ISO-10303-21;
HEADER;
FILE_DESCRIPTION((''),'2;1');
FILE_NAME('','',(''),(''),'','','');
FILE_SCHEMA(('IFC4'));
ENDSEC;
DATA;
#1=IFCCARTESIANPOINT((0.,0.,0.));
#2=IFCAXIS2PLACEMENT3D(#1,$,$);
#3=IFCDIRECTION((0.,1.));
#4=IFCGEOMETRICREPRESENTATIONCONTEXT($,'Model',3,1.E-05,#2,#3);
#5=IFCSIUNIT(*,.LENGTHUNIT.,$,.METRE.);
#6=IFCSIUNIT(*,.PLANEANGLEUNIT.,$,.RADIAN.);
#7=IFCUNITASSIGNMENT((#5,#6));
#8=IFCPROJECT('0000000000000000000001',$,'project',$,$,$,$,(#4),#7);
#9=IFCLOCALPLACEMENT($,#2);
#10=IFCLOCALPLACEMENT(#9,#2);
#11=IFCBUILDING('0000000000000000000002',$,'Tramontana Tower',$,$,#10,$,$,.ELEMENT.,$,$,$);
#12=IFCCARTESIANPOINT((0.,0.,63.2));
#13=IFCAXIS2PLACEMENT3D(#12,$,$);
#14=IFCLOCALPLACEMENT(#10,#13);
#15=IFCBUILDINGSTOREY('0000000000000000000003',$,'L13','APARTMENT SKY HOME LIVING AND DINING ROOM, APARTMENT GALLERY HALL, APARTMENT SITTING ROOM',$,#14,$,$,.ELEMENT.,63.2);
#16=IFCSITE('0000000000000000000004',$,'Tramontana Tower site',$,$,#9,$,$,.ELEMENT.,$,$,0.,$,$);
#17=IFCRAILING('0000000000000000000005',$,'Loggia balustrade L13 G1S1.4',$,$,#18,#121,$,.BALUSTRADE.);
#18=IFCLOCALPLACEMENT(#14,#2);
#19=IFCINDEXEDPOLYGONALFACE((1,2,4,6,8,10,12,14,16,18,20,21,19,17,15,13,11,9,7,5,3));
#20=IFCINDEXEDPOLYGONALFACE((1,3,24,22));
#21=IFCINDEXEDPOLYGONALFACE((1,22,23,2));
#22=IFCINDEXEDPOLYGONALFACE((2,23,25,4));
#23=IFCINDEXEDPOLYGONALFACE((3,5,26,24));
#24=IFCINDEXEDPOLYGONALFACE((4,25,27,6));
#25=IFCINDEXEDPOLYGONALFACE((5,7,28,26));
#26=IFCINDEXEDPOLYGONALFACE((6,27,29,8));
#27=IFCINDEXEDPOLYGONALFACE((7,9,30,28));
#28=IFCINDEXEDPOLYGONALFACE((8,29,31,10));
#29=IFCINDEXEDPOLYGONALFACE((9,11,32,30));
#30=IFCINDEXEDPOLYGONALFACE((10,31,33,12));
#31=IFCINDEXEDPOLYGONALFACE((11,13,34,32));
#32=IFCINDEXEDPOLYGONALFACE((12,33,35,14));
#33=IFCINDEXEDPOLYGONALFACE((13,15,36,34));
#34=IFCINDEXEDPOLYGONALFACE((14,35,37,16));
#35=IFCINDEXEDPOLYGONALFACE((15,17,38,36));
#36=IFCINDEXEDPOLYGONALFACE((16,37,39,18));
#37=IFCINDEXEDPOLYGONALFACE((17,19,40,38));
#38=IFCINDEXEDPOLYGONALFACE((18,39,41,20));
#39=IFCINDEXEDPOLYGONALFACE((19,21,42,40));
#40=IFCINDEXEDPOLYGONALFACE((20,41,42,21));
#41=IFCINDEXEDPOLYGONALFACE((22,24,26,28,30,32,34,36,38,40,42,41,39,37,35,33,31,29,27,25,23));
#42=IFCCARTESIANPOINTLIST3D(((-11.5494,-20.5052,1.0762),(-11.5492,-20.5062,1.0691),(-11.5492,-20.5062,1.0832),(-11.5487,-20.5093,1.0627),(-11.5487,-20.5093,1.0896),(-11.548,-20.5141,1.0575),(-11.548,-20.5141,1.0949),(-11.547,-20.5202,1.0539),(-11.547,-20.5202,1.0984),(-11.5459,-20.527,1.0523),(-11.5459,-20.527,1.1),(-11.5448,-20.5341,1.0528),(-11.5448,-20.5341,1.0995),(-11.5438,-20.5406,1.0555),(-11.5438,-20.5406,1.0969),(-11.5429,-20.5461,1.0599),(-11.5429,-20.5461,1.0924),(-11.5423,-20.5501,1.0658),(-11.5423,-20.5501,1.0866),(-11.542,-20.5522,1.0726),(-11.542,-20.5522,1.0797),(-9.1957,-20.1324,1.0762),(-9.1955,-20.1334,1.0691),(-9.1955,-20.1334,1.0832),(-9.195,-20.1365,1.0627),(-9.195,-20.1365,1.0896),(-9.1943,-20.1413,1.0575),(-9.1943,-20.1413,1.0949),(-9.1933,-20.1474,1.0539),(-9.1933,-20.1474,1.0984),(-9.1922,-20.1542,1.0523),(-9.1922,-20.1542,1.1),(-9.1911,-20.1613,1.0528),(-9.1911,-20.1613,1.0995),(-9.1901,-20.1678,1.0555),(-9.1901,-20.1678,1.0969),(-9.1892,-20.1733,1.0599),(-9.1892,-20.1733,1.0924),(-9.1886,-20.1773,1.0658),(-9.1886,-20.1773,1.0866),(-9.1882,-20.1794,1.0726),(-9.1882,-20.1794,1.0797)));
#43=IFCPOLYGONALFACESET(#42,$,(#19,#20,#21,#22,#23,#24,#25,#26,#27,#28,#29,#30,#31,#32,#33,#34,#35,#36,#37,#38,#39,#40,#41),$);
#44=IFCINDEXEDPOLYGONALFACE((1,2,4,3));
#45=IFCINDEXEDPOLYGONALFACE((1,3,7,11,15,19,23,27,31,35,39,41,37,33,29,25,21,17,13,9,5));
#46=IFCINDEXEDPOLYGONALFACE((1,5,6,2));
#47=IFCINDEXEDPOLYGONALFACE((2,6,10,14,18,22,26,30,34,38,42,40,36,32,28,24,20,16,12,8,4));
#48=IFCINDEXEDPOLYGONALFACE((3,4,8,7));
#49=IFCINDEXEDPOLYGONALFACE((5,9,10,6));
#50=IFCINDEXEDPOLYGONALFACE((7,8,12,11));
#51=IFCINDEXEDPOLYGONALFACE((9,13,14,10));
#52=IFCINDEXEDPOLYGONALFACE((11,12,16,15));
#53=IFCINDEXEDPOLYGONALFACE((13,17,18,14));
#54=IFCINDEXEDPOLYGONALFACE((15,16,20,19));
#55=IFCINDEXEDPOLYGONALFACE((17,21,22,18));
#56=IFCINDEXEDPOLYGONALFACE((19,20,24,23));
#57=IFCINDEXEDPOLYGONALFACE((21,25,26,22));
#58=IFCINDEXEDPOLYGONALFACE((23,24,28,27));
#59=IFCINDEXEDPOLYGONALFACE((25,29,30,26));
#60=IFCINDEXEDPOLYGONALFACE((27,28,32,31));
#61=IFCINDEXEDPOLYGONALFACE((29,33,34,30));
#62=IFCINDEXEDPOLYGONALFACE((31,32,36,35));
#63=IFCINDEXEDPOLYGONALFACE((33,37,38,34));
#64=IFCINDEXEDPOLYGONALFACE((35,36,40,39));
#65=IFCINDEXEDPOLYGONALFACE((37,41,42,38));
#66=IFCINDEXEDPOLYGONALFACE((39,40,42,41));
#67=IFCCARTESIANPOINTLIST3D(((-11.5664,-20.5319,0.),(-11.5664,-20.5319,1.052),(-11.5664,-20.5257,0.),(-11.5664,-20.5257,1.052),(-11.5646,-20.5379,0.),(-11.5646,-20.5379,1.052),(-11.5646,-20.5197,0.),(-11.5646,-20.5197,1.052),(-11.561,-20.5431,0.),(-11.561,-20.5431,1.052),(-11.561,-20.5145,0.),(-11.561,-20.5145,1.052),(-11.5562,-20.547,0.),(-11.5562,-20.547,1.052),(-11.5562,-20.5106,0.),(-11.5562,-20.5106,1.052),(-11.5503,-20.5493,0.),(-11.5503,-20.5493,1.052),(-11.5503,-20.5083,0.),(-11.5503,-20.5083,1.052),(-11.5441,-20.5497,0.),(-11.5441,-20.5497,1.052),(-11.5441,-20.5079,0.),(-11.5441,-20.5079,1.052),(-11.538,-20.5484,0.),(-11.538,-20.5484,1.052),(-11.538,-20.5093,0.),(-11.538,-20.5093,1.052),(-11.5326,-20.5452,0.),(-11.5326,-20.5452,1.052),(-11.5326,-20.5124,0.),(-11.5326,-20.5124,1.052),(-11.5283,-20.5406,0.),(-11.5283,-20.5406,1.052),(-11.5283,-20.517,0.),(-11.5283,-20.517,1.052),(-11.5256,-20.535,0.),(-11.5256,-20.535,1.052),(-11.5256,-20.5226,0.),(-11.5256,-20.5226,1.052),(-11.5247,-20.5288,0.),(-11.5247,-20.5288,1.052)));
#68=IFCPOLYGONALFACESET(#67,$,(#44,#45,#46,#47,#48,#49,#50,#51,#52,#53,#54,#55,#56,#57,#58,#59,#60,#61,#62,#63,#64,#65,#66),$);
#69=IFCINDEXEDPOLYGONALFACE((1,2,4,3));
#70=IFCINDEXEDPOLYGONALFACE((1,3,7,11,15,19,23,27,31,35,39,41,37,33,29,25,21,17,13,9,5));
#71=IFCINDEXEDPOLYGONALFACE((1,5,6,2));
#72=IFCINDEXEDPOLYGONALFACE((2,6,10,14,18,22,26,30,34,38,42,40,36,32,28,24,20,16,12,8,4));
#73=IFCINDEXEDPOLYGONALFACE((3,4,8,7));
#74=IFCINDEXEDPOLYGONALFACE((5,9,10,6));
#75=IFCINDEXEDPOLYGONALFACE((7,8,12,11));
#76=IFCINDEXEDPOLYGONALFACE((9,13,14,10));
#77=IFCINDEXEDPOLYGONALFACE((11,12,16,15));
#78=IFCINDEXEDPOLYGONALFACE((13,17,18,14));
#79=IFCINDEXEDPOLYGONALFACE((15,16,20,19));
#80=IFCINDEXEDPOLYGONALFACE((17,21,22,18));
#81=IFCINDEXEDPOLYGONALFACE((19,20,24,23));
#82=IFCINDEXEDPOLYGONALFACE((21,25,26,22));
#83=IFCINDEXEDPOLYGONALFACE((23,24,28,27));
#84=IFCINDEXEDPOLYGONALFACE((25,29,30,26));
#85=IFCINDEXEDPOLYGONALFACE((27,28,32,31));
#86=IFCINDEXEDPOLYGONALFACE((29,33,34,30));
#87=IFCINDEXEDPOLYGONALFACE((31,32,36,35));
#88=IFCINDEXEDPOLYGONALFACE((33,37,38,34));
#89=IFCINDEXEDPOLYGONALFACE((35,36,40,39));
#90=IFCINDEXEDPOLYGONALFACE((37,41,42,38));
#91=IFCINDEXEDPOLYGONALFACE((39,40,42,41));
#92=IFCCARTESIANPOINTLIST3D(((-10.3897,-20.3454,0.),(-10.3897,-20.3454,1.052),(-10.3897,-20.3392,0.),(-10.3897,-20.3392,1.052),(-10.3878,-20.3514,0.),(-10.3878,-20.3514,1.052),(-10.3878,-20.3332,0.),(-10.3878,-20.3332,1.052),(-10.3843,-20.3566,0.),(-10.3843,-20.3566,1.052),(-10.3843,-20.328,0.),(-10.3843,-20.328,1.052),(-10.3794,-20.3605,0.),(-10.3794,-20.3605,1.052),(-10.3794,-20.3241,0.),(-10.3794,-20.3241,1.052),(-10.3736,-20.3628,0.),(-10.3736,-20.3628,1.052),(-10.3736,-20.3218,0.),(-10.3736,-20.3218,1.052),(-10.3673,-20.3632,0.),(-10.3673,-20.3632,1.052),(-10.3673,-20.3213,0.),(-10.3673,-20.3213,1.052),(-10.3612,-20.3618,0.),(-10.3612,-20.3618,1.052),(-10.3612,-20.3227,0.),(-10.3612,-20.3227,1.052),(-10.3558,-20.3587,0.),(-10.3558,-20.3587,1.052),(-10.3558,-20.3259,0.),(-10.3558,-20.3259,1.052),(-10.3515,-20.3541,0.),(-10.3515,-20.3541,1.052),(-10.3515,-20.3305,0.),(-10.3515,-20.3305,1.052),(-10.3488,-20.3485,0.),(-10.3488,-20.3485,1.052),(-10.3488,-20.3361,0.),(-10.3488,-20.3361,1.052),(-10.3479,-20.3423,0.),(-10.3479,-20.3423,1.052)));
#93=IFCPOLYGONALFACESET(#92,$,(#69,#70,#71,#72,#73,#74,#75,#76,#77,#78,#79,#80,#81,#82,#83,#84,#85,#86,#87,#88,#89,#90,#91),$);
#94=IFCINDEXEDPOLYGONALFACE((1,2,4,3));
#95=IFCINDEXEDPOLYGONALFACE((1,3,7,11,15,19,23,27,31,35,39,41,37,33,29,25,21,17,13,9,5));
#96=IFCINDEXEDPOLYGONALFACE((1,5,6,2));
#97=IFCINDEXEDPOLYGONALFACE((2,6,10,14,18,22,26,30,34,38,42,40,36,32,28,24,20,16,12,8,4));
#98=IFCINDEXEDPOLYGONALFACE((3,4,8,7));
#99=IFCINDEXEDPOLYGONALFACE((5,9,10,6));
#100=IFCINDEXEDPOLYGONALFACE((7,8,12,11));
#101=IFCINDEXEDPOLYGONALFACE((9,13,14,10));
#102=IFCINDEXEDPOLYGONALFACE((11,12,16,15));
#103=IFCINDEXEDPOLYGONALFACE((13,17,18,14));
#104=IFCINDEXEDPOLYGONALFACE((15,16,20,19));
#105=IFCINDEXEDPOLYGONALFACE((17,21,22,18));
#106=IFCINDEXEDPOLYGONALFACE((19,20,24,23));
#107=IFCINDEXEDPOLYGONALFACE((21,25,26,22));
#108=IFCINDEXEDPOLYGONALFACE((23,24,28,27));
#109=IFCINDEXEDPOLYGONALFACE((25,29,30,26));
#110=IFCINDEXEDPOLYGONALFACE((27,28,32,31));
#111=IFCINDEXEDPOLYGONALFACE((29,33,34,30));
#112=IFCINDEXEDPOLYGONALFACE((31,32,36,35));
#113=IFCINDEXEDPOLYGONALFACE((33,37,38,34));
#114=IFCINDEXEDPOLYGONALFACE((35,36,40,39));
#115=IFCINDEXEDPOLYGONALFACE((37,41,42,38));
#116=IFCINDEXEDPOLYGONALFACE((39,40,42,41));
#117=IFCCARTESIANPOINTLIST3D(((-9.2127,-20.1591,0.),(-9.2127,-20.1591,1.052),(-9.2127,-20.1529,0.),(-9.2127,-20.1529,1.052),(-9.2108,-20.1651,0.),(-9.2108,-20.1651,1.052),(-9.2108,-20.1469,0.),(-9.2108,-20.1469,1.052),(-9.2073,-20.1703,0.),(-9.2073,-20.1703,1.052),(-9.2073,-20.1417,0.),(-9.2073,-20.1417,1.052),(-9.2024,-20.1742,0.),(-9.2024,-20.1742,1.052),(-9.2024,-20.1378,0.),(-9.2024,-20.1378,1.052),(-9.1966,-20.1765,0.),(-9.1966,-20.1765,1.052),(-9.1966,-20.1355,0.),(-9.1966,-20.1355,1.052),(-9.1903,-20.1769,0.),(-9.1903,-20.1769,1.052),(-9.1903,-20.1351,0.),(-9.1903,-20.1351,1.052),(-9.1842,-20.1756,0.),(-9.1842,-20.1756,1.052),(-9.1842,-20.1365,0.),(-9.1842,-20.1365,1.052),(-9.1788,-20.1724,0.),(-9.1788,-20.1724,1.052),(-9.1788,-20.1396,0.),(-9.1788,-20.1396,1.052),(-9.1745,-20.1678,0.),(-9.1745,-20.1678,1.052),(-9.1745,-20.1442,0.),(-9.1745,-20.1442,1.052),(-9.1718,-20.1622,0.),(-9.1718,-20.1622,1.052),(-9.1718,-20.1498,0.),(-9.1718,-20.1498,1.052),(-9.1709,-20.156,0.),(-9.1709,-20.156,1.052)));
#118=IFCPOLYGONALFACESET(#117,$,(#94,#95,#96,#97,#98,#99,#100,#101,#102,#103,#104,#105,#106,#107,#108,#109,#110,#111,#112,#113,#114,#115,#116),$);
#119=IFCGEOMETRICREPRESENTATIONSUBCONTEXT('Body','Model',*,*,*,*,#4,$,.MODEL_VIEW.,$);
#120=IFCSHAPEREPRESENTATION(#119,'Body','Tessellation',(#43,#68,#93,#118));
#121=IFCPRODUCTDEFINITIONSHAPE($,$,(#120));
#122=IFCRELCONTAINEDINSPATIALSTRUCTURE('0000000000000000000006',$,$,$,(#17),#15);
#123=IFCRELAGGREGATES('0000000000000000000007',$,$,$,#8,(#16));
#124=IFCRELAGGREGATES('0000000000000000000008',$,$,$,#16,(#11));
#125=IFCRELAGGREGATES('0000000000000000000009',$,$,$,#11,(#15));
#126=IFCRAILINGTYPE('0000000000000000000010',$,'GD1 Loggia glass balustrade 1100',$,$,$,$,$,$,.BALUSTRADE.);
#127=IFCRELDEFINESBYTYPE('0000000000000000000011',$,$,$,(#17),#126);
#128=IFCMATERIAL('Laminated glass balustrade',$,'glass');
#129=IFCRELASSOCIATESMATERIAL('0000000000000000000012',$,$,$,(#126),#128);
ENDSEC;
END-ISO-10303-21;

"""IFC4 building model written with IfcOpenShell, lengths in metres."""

from ifc_helpers import new_model, si_unit, direction, frame, origin, origin_2d, place, context, subcontext, project, spatial, circle, extrude, material, type_object, element, save


model = new_model("IFC4")

# Units and contexts
model_context = context("Model", 3, precision=1e-05, world=origin(), true_north=direction((0.0, 1.0)))
body_context = subcontext(model_context, "Body", "Model", "MODEL_VIEW")
ifc_project = project(units=[si_unit("LENGTHUNIT", "METRE"), si_unit("PLANEANGLEUNIT", "RADIAN")], contexts=[model_context])

# Site, building, storey
site_placement = place(None, origin())
site = spatial("IfcSite", under=ifc_project, at=site_placement, Name="Tramontana Tower site", CompositionType="ELEMENT", RefElevation=0.0)
building_placement = place(site_placement, origin())
building = spatial("IfcBuilding", under=site, at=building_placement, Name="Tramontana Tower", CompositionType="ELEMENT")
storey_placement = place(building_placement, frame((0.0, 0.0, 63.2)))
storey = spatial("IfcBuildingStorey", under=building, at=storey_placement, Name="L13", Description="APARTMENT SKY HOME LIVING AND DINING ROOM, APARTMENT GALLERY HALL, APARTMENT SITTING ROOM", CompositionType="ELEMENT", Elevation=63.2)

# Railing
ifc_material_1 = material(Name="Laminated glass balustrade", Category="glass")
railing_type = type_object("IfcRailingType", Name="GD1 Loggia glass balustrade 1100", PredefinedType="BALUSTRADE", material=ifc_material_1)
railing_1_placement = place(storey_placement, frame((-11.5457, -20.5288, 0.0)))
element("IfcRailing", 1, at=railing_1_placement, inside=storey, type_object=railing_type, Name="Loggia balustrade L13 G1S1.4", PredefinedType="BALUSTRADE", context=body_context, shape_type="SweptSolid", body=[
    extrude(circle(Radius=0.0239, at=origin_2d()), frame((0.0, 0.0, 1.0762), z_axis=(0.987688, 0.156436, 0.0), x_axis=(-0.156436, 0.987688, 0.0)), (0.0, 0.0, 1.0), 2.3831),
    extrude(circle(Radius=0.021, at=origin_2d()), origin(), (0.0, 0.0, 1.0), 1.052),
    extrude(circle(Radius=0.021, at=origin_2d()), frame((1.1768, 0.1865, 0.0)), (0.0, 0.0, 1.0), 1.052),
    extrude(circle(Radius=0.021, at=origin_2d()), frame((2.3538, 0.3728, 0.0)), (0.0, 0.0, 1.0), 1.052),
])

save(model, "model.ifc")
